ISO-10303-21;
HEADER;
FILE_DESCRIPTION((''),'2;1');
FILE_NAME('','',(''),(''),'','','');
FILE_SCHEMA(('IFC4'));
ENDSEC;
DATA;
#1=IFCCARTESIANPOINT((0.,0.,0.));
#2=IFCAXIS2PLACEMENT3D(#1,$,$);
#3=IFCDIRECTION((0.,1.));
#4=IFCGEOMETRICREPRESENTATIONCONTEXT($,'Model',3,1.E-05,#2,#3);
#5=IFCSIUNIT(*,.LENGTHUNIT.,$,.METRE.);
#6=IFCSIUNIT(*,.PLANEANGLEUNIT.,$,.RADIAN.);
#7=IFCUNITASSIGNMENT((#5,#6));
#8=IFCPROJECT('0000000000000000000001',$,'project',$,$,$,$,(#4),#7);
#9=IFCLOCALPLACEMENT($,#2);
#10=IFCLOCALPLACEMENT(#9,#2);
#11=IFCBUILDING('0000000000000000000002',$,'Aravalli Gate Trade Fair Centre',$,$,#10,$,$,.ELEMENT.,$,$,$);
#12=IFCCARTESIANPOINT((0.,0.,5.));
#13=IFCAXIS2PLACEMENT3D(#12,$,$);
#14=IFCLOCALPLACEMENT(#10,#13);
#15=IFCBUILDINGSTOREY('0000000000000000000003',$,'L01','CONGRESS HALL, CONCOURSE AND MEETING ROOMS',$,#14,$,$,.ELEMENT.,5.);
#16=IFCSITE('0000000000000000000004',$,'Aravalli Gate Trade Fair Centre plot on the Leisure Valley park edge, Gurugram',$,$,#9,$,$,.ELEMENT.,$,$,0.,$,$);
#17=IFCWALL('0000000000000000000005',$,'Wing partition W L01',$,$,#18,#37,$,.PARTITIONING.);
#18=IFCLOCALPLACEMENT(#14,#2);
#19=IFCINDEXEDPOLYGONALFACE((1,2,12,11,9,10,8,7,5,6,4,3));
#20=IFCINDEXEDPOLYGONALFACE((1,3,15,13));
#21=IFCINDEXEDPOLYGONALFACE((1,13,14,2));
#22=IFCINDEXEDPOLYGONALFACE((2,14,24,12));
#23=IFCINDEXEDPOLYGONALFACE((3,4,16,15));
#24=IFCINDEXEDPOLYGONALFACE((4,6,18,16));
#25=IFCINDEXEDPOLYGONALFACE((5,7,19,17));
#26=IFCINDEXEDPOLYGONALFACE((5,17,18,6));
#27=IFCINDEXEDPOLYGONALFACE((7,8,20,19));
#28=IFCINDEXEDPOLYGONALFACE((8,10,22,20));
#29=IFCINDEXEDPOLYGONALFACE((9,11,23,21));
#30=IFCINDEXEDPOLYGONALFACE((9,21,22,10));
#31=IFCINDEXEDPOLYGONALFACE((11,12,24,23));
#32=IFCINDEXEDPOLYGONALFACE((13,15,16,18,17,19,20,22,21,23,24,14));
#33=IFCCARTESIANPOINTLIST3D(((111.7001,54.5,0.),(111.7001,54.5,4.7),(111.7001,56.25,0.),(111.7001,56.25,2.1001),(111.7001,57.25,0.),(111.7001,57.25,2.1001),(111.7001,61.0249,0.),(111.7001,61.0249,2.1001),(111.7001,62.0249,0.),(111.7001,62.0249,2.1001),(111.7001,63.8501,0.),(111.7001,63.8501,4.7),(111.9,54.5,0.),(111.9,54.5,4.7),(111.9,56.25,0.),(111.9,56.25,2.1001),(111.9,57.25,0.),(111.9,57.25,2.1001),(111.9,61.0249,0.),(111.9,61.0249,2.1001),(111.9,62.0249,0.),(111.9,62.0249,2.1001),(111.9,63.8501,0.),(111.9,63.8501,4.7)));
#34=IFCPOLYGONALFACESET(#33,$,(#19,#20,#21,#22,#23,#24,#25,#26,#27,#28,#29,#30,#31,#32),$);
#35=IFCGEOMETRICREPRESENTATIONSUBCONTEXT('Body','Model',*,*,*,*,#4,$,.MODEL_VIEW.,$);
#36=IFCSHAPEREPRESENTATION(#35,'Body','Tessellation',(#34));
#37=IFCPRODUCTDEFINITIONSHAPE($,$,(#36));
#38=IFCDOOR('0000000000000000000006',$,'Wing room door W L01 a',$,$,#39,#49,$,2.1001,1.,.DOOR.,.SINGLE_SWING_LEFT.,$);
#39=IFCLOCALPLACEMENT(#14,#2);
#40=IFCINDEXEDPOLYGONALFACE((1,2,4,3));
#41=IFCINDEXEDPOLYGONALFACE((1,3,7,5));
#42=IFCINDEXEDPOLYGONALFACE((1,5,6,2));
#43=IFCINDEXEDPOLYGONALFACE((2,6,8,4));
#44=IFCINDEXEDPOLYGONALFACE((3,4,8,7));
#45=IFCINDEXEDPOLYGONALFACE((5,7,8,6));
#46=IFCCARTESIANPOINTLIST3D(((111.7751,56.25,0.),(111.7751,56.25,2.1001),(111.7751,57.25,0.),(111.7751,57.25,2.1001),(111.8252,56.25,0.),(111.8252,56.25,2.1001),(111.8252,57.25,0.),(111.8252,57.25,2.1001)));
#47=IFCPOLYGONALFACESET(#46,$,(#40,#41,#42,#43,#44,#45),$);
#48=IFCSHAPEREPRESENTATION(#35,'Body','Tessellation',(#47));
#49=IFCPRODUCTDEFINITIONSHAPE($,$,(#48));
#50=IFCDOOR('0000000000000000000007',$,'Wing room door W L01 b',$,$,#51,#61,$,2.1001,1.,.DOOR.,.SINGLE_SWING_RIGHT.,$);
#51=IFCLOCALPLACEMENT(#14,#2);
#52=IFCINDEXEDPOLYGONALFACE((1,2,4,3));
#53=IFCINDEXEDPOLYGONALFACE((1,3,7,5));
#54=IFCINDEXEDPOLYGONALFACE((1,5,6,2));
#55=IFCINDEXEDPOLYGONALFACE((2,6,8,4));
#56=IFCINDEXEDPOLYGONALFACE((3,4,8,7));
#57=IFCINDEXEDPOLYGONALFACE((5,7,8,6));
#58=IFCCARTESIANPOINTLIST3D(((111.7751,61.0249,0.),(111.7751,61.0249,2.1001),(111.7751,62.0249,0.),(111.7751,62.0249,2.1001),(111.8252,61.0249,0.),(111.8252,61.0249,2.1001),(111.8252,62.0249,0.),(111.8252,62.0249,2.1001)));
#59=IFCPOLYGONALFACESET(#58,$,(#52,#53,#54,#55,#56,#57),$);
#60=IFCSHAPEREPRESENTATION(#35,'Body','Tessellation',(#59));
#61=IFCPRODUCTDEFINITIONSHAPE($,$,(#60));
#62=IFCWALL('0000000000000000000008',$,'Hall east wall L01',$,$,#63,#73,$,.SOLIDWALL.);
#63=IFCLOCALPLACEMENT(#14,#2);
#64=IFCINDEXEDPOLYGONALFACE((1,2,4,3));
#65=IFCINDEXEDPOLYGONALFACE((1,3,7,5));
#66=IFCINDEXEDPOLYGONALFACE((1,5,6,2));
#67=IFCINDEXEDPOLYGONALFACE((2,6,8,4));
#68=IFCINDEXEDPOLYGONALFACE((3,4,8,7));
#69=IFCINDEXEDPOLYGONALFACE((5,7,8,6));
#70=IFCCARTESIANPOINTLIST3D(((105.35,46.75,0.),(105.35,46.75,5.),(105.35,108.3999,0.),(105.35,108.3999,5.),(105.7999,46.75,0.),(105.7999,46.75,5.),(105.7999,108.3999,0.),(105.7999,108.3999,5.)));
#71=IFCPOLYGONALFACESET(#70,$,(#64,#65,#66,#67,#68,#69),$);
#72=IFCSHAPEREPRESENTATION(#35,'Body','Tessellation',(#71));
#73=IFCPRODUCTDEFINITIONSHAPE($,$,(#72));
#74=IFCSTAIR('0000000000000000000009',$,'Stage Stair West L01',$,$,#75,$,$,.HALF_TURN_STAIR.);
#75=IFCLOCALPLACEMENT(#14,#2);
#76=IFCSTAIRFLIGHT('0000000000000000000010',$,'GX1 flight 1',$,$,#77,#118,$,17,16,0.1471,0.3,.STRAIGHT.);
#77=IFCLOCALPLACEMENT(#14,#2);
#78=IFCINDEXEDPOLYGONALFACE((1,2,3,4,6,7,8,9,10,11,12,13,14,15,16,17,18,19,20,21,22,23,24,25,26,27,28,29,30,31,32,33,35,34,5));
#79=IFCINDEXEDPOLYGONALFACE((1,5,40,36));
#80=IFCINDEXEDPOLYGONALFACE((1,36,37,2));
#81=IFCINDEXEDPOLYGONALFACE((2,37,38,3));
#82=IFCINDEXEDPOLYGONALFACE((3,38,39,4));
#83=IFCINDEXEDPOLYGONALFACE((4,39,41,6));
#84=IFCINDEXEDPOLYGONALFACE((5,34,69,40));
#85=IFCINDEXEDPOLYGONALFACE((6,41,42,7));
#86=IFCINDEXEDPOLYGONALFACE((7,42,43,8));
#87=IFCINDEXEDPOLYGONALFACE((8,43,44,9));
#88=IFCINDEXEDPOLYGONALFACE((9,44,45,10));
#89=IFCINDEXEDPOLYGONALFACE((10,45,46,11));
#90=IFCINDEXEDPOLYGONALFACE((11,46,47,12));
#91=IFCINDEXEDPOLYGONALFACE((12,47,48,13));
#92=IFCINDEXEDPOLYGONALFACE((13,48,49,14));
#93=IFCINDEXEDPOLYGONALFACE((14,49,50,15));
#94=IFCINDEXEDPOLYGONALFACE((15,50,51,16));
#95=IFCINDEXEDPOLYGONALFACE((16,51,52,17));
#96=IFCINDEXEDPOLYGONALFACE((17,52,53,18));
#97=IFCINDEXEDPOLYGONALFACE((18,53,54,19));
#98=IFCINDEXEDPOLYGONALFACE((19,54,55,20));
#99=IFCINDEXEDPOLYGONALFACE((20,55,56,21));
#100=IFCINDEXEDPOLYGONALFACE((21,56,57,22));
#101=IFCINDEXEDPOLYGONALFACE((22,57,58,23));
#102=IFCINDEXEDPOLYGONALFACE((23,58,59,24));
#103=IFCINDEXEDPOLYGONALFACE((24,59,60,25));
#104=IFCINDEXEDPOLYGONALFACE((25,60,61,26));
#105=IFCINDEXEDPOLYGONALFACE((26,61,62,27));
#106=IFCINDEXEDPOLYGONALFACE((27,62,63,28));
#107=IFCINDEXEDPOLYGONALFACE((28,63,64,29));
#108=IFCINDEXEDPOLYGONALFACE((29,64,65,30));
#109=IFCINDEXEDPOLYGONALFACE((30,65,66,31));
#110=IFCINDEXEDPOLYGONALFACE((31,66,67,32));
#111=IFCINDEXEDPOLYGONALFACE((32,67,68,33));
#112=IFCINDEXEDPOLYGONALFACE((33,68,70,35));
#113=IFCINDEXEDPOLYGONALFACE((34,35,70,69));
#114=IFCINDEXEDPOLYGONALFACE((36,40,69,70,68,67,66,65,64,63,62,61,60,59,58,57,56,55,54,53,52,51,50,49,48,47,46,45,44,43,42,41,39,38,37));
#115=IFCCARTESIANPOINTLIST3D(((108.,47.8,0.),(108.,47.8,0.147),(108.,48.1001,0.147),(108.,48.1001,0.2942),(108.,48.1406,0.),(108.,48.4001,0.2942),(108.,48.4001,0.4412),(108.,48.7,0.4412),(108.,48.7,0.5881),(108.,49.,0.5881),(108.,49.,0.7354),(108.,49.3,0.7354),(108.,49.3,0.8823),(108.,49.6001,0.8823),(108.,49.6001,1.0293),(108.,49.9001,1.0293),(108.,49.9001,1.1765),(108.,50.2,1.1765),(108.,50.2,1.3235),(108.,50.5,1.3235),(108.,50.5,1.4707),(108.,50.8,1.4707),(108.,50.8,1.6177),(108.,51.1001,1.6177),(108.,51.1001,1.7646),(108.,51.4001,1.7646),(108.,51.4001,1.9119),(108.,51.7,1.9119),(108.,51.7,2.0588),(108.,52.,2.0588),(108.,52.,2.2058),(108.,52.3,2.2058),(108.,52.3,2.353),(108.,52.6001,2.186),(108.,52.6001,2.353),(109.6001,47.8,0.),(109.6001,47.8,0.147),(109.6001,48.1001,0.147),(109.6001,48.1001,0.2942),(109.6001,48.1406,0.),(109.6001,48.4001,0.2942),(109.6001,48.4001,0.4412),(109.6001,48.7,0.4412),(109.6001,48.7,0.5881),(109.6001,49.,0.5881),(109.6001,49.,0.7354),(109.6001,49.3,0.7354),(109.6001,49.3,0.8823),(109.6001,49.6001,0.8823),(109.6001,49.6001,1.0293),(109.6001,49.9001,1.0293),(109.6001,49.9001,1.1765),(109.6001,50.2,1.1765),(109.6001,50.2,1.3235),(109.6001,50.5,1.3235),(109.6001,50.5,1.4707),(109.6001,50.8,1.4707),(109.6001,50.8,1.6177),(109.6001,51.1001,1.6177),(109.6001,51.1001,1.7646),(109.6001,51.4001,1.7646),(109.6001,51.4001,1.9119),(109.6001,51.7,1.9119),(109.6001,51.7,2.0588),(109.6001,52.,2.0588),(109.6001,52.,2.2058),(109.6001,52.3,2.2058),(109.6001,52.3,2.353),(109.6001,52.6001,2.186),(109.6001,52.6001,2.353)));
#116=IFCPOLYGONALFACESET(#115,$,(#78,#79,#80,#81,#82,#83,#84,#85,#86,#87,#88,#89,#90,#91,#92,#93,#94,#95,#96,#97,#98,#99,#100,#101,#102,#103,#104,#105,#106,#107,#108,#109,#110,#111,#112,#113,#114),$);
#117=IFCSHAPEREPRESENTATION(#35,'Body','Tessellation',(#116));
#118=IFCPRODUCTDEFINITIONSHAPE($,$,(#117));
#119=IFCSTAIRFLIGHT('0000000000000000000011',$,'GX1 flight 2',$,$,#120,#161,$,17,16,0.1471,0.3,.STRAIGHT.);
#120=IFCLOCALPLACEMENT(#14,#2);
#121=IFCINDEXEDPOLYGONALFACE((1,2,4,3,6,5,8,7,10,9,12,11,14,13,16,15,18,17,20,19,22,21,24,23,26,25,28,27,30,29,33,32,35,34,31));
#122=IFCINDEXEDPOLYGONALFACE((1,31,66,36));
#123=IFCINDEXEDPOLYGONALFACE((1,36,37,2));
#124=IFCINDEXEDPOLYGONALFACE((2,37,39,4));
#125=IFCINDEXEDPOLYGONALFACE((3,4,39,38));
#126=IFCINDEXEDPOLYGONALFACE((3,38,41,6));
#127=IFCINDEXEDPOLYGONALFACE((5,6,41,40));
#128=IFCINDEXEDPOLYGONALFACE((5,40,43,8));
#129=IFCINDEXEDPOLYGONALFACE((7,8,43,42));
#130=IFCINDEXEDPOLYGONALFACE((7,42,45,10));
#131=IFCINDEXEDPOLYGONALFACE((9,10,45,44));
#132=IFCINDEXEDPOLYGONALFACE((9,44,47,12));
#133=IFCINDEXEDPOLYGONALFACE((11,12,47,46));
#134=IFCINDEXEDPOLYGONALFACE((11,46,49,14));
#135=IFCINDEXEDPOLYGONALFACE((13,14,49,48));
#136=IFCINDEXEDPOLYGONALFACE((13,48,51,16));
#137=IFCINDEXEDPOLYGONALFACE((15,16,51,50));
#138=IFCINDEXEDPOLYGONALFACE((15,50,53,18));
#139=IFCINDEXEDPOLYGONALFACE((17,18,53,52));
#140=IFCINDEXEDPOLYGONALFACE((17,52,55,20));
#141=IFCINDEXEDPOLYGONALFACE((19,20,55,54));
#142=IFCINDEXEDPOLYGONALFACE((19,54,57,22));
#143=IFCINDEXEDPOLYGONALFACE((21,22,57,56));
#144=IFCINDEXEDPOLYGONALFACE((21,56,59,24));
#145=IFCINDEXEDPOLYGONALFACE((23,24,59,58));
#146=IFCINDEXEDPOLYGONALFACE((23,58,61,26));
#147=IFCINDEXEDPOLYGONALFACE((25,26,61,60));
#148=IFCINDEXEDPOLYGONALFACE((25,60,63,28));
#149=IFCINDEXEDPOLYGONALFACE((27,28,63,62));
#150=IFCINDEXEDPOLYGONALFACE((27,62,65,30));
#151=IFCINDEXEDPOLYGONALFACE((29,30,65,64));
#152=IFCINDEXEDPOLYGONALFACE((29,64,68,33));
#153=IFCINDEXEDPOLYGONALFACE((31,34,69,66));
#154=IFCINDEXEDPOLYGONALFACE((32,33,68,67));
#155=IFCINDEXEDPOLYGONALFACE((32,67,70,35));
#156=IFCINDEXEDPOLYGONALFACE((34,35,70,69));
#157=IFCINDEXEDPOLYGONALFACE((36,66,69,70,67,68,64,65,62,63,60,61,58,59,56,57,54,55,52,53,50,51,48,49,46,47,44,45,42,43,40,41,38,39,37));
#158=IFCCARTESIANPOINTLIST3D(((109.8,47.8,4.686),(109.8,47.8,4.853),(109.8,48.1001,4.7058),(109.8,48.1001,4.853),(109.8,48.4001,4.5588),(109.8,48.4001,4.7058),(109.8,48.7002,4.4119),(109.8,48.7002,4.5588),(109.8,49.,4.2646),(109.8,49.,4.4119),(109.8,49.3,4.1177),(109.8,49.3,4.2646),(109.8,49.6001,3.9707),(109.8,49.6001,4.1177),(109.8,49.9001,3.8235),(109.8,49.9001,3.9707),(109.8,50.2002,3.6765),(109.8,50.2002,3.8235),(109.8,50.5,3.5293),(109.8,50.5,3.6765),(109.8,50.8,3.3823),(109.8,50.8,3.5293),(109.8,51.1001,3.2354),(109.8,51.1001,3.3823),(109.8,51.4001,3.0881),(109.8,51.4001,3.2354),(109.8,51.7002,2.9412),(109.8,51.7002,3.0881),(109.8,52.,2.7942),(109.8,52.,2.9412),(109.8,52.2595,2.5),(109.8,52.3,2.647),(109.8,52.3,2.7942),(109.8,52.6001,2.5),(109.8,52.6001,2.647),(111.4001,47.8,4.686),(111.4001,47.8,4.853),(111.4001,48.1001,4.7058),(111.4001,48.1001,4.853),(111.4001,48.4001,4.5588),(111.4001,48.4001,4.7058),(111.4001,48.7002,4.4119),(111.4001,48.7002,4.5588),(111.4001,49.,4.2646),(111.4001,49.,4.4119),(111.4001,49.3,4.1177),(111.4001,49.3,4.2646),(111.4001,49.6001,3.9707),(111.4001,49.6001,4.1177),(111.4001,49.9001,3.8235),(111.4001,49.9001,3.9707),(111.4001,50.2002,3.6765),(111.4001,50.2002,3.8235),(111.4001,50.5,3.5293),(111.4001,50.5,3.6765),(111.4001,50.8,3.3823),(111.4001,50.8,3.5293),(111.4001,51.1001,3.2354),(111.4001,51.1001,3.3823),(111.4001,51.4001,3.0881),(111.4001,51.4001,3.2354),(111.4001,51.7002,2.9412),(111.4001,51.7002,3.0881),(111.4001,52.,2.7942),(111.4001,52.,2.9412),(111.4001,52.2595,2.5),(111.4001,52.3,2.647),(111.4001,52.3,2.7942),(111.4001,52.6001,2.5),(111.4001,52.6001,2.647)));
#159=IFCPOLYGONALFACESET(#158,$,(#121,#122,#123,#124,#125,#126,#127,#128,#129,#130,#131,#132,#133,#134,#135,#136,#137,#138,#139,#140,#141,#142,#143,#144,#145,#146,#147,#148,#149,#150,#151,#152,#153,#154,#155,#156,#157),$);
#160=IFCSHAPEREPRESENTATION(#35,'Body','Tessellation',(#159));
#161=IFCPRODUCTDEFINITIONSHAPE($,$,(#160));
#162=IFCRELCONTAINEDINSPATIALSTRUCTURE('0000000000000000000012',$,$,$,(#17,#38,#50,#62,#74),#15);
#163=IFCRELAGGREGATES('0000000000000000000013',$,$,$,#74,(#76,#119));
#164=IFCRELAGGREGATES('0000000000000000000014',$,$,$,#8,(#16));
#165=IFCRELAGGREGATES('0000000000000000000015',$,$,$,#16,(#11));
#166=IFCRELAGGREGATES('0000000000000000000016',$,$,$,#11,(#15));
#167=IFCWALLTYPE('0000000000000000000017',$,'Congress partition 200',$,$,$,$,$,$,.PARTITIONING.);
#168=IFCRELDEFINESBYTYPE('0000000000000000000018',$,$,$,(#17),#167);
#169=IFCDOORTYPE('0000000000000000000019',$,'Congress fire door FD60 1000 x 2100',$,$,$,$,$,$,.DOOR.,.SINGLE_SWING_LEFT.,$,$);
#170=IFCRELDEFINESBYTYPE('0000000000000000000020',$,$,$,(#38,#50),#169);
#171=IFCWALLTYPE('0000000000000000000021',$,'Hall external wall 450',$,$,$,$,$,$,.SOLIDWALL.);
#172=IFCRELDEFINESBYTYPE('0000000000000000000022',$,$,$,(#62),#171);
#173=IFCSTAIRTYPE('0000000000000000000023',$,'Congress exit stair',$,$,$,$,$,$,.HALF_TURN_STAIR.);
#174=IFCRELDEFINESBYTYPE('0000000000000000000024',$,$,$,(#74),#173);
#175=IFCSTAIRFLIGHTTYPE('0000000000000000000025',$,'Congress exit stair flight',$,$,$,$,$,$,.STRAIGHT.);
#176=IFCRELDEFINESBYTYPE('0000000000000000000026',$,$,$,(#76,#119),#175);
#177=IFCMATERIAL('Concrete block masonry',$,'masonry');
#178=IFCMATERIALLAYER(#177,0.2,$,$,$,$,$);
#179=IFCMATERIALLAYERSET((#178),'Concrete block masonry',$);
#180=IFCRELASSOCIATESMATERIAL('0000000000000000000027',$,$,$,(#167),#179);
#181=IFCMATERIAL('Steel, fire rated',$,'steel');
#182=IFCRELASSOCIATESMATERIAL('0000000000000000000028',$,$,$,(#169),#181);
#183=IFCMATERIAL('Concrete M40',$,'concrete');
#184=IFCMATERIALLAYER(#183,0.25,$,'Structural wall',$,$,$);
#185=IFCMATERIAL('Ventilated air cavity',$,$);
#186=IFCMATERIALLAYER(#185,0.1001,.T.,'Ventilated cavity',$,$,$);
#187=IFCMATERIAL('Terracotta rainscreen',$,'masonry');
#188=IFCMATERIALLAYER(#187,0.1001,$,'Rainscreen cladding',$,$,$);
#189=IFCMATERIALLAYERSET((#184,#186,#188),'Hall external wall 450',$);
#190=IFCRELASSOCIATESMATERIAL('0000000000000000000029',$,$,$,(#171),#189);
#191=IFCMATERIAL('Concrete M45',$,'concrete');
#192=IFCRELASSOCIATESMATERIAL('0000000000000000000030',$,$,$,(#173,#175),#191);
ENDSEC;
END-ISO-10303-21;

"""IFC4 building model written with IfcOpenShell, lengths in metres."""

from ifc_helpers import new_model, si_unit, direction, frame, frame_2d, origin, place, context, subcontext, project, spatial, polyline, rectangle, outline, extrude, material, layer, layer_set, type_object, element, fill, aggregate, save


model = new_model("IFC4")

# Units and contexts
model_context = context("Model", 3, precision=1e-05, world=origin(), true_north=direction((0.0, 1.0)))
body_context = subcontext(model_context, "Body", "Model", "MODEL_VIEW")
ifc_project = project(units=[si_unit("LENGTHUNIT", "METRE"), si_unit("PLANEANGLEUNIT", "RADIAN")], contexts=[model_context])

# Site, building, storey
site_placement = place(None, origin())
site = spatial("IfcSite", under=ifc_project, at=site_placement, Name="Aravalli Gate Trade Fair Centre plot on the Leisure Valley park edge, Gurugram", CompositionType="ELEMENT", RefElevation=0.0)
building_placement = place(site_placement, origin())
building = spatial("IfcBuilding", under=site, at=building_placement, Name="Aravalli Gate Trade Fair Centre", CompositionType="ELEMENT")
storey_placement = place(building_placement, frame((0.0, 0.0, 5.0)))
storey = spatial("IfcBuildingStorey", under=building, at=storey_placement, Name="L01", Description="CONGRESS HALL, CONCOURSE AND MEETING ROOMS", CompositionType="ELEMENT", Elevation=5.0)

# Shared definitions
ifc_material_1 = material(Name="Concrete M45", Category="concrete")

# Shared definitions
ifc_material_2 = material(Name="Concrete M40", Category="concrete")

# Shared definitions
ifc_material_3 = material(Name="Steel, fire rated", Category="steel")

# Shared definitions
ifc_material_4 = material(Name="Ventilated air cavity")
ifc_material_5 = material(Name="Terracotta rainscreen", Category="masonry")

# Wall, openings, doors
ifc_material_6 = material(Name="Concrete block masonry", Category="masonry")
ifc_layer_1 = layer(ifc_material_6, 0.2)
ifc_layer_set_1 = layer_set([ifc_layer_1], Name="Concrete block masonry")
wall_type_1 = type_object("IfcWallType", Name="Congress partition 200", PredefinedType="PARTITIONING", material=ifc_layer_set_1)
wall_1_placement = place(storey_placement, frame((111.8, 54.5, 0.0), z_axis=(0.0, 0.0, 1.0), x_axis=(0.0, 1.0, 0.0)))
wall_1 = element("IfcWall", 1, at=wall_1_placement, inside=storey, type_object=wall_type_1, Name="Wing partition W L01", PredefinedType="PARTITIONING", context=body_context, shape_type="SweptSolid", body=[
    extrude(rectangle(XDim=9.3501, YDim=0.2, at=frame_2d((4.675, 0.0))), origin(), (0.0, 0.0, 1.0), 4.7),
])
opening_1_placement = place(wall_1_placement, frame((1.75, 0.0, 0.0)))
opening_1 = element("IfcOpeningElement", 2, at=opening_1_placement, cuts=wall_1, PredefinedType="OPENING", context=body_context, shape_type="SweptSolid", body=[
    extrude(rectangle(XDim=1.0, YDim=2.1001, at=frame_2d((0.5, 1.05))), frame((0.0, 0.1099, 0.0), z_axis=(0.0, -1.0, 0.0), x_axis=(1.0, 0.0, 0.0)), (0.0, 0.0, 1.0), 0.22),
])
opening_2_placement = place(wall_1_placement, frame((6.5249, 0.0, 0.0)))
opening_2 = element("IfcOpeningElement", 3, at=opening_2_placement, cuts=wall_1, PredefinedType="OPENING", context=body_context, shape_type="SweptSolid", body=[
    extrude(rectangle(XDim=1.0, YDim=2.1001, at=frame_2d((0.5, 1.05))), frame((0.0, 0.1099, 0.0), z_axis=(0.0, -1.0, 0.0), x_axis=(1.0, 0.0, 0.0)), (0.0, 0.0, 1.0), 0.22),
])
door_type_1 = type_object("IfcDoorType", Name="Congress fire door FD60 1000 x 2100", OperationType="SINGLE_SWING_LEFT", PredefinedType="DOOR", material=ifc_material_3)
door_1_placement = place(opening_1_placement, origin())
door_1 = element("IfcDoor", 4, at=door_1_placement, inside=storey, type_object=door_type_1, Name="Wing room door W L01 a", OperationType="SINGLE_SWING_LEFT", OverallHeight=2.1001, OverallWidth=1.0, PredefinedType="DOOR", context=body_context, shape_type="SweptSolid", body=[
    extrude(rectangle(XDim=1.0, YDim=2.1001, at=frame_2d((0.5, 1.05))), frame((0.0, 0.0249, 0.0), z_axis=(0.0, -1.0, 0.0), x_axis=(1.0, 0.0, 0.0)), (0.0, 0.0, 1.0), 0.05),
])
fill(opening_1, door_1)
door_2_placement = place(opening_2_placement, origin())
door_2 = element("IfcDoor", 5, at=door_2_placement, inside=storey, type_object=door_type_1, Name="Wing room door W L01 b", OperationType="SINGLE_SWING_RIGHT", OverallHeight=2.1001, OverallWidth=1.0, PredefinedType="DOOR", context=body_context, shape_type="SweptSolid", body=[
    extrude(rectangle(XDim=1.0, YDim=2.1001, at=frame_2d((0.5, 1.05))), frame((0.0, 0.0249, 0.0), z_axis=(0.0, -1.0, 0.0), x_axis=(1.0, 0.0, 0.0)), (0.0, 0.0, 1.0), 0.05),
])
fill(opening_2, door_2)

# Wall
ifc_layer_2 = layer(ifc_material_2, 0.25, Name="Structural wall")
ifc_layer_3 = layer(ifc_material_4, 0.1001, ventilated=True, Name="Ventilated cavity")
ifc_layer_4 = layer(ifc_material_5, 0.1001, Name="Rainscreen cladding")
ifc_layer_set_2 = layer_set([ifc_layer_2, ifc_layer_3, ifc_layer_4], Name="Hall external wall 450")
wall_type_2 = type_object("IfcWallType", Name="Hall external wall 450", PredefinedType="SOLIDWALL", material=ifc_layer_set_2)
wall_2_placement = place(storey_placement, frame((105.575, 46.75, 0.0), z_axis=(0.0, 0.0, 1.0), x_axis=(0.0, 1.0, 0.0)))
element("IfcWall", 6, at=wall_2_placement, inside=storey, type_object=wall_type_2, Name="Hall east wall L01", PredefinedType="SOLIDWALL", context=body_context, shape_type="SweptSolid", body=[
    extrude(rectangle(XDim=61.6499, YDim=0.45, at=frame_2d((30.825, 0.0))), origin(), (0.0, 0.0, 1.0), 5.0),
])

# Stair, stair flights
stair_type = type_object("IfcStairType", Name="Congress exit stair", PredefinedType="HALF_TURN_STAIR", material=ifc_material_1)
stair_placement = place(storey_placement, origin())
stair = element("IfcStair", 7, at=stair_placement, inside=storey, type_object=stair_type, Name="Stage Stair West L01", PredefinedType="HALF_TURN_STAIR")
stair_flight_type = type_object("IfcStairFlightType", Name="Congress exit stair flight", PredefinedType="STRAIGHT", material=ifc_material_1)
stair_flight_1_placement = place(storey_placement, frame((108.8, 47.8, 0.0), z_axis=(0.0, 0.0, 1.0), x_axis=(0.0, 1.0, 0.0)))
stair_flight_1 = element("IfcStairFlight", 8, at=stair_flight_1_placement, type_object=stair_flight_type, Name="GX1 flight 1", NumberOfRisers=17, NumberOfTreads=16, PredefinedType="STRAIGHT", RiserHeight=0.1471, TreadLength=0.3, context=body_context, shape_type="SweptSolid", body=[
    extrude(outline(polyline([(0.0, 0.0), (0.0, 0.147), (0.3, 0.147), (0.3, 0.2942), (0.6001, 0.2942), (0.6001, 0.4412), (0.8999, 0.4412), (0.8999, 0.5881), (1.2, 0.5881), (1.2, 0.7354), (1.5, 0.7354), (1.5, 0.8823), (1.8, 0.8823), (1.8, 1.0293), (2.1001, 1.0293), (2.1001, 1.1765), (2.3999, 1.1765), (2.3999, 1.3235), (2.7, 1.3235), (2.7, 1.4707), (3.0, 1.4707), (3.0, 1.6177), (3.3, 1.6177), (3.3, 1.7646), (3.6001, 1.7646), (3.6001, 1.9119), (3.8999, 1.9119), (3.8999, 2.0588), (4.2, 2.0588), (4.2, 2.2058), (4.5, 2.2058), (4.5, 2.353), (4.8, 2.353), (4.8, 2.5), (4.8, 2.186), (0.3406, 0.0), (0.0, 0.0)])), frame((0.0, 0.8, 0.0), z_axis=(0.0, -1.0, 0.0), x_axis=(1.0, 0.0, 0.0)), (0.0, 0.0, 1.0), 1.6001),
])
stair_flight_2_placement = place(storey_placement, frame((110.6001, 52.6001, 2.5), z_axis=(0.0, 0.0, 1.0), x_axis=(0.0, -1.0, 0.0)))
stair_flight_2 = element("IfcStairFlight", 9, at=stair_flight_2_placement, type_object=stair_flight_type, Name="GX1 flight 2", NumberOfRisers=17, NumberOfTreads=16, PredefinedType="STRAIGHT", RiserHeight=0.1471, TreadLength=0.3, context=body_context, shape_type="SweptSolid", body=[
    extrude(outline(polyline([(0.0, 0.0), (0.0, 0.147), (0.3, 0.147), (0.3, 0.2942), (0.6001, 0.2942), (0.6001, 0.4412), (0.8999, 0.4412), (0.8999, 0.5881), (1.2, 0.5881), (1.2, 0.7354), (1.5, 0.7354), (1.5, 0.8823), (1.8, 0.8823), (1.8, 1.0293), (2.1001, 1.0293), (2.1001, 1.1765), (2.3999, 1.1765), (2.3999, 1.3235), (2.7, 1.3235), (2.7, 1.4707), (3.0, 1.4707), (3.0, 1.6177), (3.3, 1.6177), (3.3, 1.7646), (3.6001, 1.7646), (3.6001, 1.9119), (3.8999, 1.9119), (3.8999, 2.0588), (4.2, 2.0588), (4.2, 2.2058), (4.5, 2.2058), (4.5, 2.353), (4.8, 2.353), (4.8, 2.5), (4.8, 2.186), (0.3406, 0.0), (0.0, 0.0)])), frame((0.0, 0.8, 0.0), z_axis=(0.0, -1.0, 0.0), x_axis=(1.0, 0.0, 0.0)), (0.0, 0.0, 1.0), 1.6001),
])
aggregate(stair, [stair_flight_1, stair_flight_2])

save(model, "model.ifc")
